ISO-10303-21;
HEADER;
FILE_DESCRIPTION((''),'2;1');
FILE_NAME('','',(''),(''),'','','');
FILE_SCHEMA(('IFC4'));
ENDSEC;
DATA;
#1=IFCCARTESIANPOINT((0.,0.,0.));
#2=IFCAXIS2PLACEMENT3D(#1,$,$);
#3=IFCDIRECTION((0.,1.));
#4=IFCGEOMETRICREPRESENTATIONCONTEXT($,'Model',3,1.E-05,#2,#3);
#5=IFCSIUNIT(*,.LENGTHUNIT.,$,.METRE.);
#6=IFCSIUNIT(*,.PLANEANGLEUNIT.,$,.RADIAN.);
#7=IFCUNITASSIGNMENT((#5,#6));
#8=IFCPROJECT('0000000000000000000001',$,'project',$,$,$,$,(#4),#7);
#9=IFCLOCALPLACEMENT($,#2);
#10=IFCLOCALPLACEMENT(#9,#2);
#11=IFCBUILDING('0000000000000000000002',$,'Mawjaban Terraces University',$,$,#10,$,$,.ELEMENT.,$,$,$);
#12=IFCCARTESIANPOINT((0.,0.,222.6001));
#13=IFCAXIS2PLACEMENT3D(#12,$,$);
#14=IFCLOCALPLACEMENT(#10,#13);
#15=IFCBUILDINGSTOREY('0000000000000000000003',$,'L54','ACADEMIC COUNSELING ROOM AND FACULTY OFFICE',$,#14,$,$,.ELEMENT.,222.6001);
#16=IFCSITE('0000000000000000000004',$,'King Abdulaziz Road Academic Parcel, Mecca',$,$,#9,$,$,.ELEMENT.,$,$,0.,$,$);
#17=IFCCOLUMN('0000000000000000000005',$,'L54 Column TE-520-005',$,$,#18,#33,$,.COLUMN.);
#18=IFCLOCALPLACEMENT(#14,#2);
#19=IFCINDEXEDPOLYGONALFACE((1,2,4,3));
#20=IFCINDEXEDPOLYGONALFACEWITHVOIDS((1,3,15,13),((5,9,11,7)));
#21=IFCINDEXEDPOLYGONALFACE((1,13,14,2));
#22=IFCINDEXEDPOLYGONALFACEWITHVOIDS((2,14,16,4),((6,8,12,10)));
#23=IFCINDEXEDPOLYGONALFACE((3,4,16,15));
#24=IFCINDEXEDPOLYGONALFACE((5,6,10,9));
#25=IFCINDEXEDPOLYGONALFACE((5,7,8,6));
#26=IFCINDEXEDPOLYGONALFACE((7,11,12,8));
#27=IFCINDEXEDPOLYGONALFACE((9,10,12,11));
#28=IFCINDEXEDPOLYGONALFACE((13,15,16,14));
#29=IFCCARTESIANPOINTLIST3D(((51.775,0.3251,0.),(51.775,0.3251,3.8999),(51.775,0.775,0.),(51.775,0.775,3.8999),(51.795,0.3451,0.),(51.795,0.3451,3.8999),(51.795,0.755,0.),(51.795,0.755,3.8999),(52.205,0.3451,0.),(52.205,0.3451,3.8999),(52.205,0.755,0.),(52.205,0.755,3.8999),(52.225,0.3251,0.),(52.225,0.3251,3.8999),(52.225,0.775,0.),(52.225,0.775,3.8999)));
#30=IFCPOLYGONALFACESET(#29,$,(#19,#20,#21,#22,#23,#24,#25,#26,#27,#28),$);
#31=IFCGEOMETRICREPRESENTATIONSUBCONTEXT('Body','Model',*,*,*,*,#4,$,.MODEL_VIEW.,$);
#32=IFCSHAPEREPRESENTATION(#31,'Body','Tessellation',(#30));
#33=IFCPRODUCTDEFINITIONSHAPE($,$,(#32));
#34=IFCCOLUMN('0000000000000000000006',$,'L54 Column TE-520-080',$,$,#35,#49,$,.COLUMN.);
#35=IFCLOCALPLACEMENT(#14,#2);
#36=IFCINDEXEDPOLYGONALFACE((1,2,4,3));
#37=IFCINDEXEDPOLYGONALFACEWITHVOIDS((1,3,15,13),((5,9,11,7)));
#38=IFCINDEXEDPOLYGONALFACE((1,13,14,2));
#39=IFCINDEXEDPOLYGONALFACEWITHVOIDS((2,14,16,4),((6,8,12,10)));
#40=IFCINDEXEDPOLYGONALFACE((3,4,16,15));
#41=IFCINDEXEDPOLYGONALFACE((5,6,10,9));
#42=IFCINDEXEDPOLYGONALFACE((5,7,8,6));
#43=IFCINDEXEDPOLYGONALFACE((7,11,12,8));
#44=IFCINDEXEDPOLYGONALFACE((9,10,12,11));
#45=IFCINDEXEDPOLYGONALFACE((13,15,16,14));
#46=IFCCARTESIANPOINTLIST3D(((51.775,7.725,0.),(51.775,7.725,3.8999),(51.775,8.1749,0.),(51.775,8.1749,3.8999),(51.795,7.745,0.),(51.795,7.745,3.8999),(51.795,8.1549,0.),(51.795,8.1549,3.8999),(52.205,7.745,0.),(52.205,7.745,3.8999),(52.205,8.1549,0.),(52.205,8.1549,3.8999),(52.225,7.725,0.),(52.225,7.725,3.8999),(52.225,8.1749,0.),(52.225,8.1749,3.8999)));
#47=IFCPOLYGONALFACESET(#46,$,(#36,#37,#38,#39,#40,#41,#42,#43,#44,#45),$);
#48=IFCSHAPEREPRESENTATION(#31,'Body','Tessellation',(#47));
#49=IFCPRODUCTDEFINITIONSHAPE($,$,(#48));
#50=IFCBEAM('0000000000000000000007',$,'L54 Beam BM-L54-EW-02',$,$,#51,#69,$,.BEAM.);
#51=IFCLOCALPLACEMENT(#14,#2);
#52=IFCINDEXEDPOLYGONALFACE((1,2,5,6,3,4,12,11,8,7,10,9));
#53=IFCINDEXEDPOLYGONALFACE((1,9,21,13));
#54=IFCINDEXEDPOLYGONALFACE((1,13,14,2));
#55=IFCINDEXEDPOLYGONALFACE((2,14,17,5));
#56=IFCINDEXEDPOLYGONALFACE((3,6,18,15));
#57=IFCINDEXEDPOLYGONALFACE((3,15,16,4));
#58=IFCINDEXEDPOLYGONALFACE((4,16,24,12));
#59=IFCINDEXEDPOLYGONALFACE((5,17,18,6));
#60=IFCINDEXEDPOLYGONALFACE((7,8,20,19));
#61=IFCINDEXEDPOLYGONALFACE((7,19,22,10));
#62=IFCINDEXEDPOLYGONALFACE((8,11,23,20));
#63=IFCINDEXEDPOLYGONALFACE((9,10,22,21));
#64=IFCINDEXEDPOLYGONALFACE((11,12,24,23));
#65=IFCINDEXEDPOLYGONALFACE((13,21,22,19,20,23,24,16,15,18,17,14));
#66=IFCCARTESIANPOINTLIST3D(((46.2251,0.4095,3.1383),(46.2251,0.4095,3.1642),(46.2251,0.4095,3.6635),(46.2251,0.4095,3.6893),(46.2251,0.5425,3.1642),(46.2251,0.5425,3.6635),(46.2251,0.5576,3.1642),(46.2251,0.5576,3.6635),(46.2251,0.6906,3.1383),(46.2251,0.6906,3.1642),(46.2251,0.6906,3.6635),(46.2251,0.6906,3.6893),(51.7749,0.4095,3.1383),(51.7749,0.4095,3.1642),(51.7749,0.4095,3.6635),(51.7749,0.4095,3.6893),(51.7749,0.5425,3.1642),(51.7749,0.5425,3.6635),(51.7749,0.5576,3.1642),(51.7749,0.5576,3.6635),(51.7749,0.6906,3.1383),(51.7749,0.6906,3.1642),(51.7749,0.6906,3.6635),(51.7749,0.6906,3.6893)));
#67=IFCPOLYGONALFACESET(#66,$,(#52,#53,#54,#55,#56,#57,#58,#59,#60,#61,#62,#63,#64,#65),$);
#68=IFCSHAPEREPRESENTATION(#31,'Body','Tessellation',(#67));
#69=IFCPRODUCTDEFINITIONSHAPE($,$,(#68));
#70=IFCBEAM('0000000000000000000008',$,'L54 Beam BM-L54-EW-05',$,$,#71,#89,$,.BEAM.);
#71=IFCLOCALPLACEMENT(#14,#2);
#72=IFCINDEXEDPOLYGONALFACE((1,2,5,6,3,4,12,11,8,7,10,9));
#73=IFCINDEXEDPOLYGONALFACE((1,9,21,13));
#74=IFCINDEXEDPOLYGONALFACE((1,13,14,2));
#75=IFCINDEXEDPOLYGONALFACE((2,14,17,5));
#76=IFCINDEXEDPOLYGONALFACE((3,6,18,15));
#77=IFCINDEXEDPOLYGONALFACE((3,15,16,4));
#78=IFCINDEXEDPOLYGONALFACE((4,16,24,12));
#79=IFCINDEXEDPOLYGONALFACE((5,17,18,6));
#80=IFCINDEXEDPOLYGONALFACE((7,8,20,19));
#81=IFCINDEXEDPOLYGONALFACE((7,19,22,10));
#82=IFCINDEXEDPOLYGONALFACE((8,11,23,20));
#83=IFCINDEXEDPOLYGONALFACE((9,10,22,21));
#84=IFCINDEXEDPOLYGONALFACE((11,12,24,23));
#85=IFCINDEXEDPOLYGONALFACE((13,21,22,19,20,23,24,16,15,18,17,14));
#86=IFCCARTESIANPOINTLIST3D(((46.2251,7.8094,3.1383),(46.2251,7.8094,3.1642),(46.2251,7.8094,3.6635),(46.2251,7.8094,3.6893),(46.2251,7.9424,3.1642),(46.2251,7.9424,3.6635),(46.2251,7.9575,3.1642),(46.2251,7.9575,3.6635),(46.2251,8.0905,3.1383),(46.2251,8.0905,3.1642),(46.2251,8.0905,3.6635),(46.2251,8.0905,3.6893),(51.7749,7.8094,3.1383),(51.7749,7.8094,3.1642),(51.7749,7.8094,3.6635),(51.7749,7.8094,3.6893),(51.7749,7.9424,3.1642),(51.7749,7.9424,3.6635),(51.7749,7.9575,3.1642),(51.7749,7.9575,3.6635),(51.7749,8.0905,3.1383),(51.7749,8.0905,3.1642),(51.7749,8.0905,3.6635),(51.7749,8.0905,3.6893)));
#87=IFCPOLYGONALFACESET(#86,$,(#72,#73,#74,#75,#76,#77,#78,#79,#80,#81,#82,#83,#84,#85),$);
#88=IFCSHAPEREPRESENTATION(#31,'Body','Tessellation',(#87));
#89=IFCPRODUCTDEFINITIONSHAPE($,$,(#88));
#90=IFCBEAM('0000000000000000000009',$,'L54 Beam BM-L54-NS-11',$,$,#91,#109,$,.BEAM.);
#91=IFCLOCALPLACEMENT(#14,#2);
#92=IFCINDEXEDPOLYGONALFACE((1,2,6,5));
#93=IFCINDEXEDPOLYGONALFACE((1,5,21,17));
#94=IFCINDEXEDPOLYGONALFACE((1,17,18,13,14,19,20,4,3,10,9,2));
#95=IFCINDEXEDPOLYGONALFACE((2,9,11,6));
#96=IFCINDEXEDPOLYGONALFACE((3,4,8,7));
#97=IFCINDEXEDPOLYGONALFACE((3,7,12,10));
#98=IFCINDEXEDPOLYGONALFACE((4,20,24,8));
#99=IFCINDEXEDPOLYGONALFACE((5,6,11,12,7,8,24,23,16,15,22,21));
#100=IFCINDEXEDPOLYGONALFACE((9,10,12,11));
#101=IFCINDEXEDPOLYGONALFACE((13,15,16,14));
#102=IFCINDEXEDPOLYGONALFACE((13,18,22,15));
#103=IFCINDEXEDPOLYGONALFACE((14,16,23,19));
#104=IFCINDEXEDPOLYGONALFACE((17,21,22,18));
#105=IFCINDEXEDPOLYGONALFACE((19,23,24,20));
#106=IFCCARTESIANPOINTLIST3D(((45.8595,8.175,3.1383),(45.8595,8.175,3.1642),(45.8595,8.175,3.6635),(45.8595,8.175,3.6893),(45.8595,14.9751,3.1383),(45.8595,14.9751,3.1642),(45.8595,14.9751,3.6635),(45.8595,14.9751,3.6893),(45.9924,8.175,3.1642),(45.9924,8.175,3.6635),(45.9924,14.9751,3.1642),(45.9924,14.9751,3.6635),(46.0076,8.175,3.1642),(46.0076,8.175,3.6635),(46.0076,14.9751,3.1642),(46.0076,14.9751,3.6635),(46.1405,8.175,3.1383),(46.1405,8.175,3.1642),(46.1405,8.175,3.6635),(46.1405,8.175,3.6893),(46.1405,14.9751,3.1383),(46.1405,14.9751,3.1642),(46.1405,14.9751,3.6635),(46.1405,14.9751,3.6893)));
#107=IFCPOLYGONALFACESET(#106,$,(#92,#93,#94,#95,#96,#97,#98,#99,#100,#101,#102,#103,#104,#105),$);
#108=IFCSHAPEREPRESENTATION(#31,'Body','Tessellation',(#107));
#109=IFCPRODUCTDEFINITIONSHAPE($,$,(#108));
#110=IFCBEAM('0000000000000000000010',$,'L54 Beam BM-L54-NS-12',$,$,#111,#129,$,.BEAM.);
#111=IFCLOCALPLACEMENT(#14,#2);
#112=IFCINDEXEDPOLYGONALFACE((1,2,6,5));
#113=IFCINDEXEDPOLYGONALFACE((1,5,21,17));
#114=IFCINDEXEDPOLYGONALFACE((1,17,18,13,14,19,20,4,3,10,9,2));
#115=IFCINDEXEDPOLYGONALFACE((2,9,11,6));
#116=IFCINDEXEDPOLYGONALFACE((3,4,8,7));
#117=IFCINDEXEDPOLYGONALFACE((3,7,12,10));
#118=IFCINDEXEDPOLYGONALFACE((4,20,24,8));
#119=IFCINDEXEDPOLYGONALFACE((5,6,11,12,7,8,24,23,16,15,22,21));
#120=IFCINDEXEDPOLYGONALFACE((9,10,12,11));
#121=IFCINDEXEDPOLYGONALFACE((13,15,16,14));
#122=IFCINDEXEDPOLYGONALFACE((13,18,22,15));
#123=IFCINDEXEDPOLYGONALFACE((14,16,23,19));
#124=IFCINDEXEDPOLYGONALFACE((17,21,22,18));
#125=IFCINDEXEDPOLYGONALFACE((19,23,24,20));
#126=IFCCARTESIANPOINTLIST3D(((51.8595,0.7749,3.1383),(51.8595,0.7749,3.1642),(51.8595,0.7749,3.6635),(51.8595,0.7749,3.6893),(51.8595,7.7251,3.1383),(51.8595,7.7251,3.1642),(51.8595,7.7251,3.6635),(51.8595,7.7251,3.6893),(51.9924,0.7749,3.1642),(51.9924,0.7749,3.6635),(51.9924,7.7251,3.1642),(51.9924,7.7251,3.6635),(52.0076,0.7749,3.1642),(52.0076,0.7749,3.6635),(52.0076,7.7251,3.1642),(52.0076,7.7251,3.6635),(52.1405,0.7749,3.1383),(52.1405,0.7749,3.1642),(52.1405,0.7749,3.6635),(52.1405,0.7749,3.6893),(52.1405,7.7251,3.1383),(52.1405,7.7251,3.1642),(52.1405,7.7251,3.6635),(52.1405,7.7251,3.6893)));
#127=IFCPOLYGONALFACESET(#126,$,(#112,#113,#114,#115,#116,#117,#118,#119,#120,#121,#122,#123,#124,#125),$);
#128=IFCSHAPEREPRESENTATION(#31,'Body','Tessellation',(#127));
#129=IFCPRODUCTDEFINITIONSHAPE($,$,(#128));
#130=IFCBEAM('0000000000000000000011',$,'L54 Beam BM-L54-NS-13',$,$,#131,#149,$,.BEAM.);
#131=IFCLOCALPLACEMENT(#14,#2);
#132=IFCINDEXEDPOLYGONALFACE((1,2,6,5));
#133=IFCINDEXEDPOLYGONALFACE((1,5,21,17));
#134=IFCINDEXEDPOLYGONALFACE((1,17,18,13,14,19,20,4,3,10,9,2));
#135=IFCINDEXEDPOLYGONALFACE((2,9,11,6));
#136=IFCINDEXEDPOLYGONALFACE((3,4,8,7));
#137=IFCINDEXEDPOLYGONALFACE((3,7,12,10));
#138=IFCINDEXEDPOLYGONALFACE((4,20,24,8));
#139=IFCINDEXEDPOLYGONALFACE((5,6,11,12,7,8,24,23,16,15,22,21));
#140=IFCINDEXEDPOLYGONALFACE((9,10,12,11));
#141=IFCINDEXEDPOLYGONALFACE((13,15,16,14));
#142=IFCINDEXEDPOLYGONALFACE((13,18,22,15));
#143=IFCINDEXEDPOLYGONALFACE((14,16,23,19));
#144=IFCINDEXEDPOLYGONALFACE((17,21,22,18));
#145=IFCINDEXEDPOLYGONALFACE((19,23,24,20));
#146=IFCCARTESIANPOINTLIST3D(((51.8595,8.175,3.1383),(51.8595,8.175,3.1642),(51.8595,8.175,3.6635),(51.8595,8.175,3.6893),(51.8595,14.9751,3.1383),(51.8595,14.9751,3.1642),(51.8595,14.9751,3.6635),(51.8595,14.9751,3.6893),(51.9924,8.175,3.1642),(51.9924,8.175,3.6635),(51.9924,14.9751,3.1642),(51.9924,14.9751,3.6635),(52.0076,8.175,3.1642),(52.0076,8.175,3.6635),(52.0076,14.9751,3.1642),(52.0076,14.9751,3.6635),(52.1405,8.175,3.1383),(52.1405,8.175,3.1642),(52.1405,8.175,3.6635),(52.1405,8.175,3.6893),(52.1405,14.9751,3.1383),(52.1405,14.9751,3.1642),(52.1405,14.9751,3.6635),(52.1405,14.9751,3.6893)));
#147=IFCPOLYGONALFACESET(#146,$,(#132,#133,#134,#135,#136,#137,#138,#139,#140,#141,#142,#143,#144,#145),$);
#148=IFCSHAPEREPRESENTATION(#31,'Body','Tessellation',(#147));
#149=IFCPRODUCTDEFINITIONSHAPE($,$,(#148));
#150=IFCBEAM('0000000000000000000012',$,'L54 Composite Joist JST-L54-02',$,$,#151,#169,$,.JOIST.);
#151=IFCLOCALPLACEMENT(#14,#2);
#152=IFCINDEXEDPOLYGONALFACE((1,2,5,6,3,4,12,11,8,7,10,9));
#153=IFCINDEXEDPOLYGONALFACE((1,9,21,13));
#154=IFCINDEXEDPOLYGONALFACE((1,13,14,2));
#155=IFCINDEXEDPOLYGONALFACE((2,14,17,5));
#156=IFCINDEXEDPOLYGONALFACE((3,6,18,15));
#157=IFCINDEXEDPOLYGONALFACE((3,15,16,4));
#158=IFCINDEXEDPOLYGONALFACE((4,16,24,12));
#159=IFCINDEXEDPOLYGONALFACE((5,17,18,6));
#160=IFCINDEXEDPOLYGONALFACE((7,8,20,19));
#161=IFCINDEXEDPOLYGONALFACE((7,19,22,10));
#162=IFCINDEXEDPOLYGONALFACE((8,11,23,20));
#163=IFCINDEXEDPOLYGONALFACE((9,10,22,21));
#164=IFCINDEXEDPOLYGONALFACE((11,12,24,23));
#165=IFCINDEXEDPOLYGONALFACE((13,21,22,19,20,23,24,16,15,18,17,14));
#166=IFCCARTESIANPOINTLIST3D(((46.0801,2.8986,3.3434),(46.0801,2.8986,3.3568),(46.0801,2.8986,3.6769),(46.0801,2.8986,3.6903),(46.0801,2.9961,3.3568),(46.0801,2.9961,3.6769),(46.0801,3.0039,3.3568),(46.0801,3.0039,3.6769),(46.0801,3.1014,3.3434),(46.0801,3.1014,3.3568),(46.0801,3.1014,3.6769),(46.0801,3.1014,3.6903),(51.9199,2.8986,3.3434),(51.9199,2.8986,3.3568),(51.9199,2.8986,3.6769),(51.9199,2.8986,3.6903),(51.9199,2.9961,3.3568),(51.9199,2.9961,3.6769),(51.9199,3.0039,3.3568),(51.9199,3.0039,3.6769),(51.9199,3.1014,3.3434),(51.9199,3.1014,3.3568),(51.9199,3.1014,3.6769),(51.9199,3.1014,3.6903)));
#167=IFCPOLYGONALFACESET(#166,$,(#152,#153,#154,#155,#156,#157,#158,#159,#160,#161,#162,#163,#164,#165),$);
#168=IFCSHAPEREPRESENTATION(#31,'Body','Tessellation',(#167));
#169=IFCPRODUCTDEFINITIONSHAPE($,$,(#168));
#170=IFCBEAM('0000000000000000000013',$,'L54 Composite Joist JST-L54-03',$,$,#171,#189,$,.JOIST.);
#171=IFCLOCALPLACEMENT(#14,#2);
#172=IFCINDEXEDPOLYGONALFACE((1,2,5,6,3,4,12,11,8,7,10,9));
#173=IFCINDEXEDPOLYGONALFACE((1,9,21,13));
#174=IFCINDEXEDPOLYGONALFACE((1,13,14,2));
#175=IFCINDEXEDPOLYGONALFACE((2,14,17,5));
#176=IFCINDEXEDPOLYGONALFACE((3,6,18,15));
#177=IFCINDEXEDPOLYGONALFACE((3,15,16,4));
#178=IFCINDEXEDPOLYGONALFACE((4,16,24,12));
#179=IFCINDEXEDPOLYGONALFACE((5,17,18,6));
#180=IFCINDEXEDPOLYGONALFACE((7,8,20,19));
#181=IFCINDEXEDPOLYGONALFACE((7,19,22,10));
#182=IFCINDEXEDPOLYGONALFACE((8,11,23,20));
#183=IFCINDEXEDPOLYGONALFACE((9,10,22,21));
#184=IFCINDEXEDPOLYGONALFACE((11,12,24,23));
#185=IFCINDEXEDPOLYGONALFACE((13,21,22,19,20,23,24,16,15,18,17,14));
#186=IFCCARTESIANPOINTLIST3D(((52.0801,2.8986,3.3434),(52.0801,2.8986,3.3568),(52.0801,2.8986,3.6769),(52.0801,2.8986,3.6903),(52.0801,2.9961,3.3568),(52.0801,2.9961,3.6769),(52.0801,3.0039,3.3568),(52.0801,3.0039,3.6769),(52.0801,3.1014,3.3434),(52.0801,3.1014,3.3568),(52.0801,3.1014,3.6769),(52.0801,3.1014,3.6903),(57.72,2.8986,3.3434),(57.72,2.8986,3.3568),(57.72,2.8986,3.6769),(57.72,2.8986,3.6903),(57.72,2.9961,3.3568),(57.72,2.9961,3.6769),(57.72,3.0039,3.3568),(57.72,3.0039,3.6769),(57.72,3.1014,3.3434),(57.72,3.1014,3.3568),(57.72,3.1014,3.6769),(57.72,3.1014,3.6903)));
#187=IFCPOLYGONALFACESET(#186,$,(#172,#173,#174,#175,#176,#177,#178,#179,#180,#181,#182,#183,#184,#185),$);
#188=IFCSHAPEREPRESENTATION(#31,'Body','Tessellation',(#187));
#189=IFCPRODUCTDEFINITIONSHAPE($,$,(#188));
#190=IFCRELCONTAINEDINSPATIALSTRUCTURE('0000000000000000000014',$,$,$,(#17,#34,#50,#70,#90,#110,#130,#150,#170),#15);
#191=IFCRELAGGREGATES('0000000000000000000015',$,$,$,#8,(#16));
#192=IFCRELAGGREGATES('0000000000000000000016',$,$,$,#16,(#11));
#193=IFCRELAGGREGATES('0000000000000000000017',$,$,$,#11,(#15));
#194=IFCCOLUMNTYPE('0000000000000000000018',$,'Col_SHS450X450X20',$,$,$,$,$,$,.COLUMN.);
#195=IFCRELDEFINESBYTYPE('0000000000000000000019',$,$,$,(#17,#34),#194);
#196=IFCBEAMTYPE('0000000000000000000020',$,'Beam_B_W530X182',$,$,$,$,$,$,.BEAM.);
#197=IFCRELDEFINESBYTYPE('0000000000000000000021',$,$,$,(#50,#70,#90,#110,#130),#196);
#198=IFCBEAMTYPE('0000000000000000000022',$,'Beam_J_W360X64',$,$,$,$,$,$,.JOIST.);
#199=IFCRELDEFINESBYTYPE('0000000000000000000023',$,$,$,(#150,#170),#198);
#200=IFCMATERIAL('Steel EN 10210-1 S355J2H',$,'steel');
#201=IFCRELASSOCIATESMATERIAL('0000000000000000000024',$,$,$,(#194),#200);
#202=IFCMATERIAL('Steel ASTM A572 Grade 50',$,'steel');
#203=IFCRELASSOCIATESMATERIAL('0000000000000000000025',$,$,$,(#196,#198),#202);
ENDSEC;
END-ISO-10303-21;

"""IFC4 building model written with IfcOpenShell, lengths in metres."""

from ifc_helpers import new_model, si_unit, direction, frame, origin, origin_2d, place, context, subcontext, project, spatial, hollow_rectangle, i_section, extrude, material, material_profile, profile_set, type_object, element, save


model = new_model("IFC4")

# Units and contexts
model_context = context("Model", 3, precision=1e-05, world=origin(), true_north=direction((0.0, 1.0)))
body_context = subcontext(model_context, "Body", "Model", "MODEL_VIEW")
ifc_project = project(units=[si_unit("LENGTHUNIT", "METRE"), si_unit("PLANEANGLEUNIT", "RADIAN")], contexts=[model_context])

# Site, building, storey
site_placement = place(None, origin())
site = spatial("IfcSite", under=ifc_project, at=site_placement, Name="King Abdulaziz Road Academic Parcel, Mecca", CompositionType="ELEMENT", RefElevation=0.0)
building_placement = place(site_placement, origin())
building = spatial("IfcBuilding", under=site, at=building_placement, Name="Mawjaban Terraces University", CompositionType="ELEMENT")
storey_placement = place(building_placement, frame((0.0, 0.0, 222.6001)))
storey = spatial("IfcBuildingStorey", under=building, at=storey_placement, Name="L54", Description="ACADEMIC COUNSELING ROOM AND FACULTY OFFICE", CompositionType="ELEMENT", Elevation=222.6001)

# Columns
ifc_material_1 = material(Name="Steel EN 10210-1 S355J2H", Category="steel")
ifc_material_profile_1 = material_profile(ifc_material_1, hollow_rectangle(XDim=0.45, YDim=0.45, WallThickness=0.02, at=origin_2d()), Name="SHS450X450X20")
ifc_profile_set_1 = profile_set([ifc_material_profile_1], Name="Steel EN 10210-1 S355J2H")
column_type = type_object("IfcColumnType", Name="Col_SHS450X450X20", PredefinedType="COLUMN", material=ifc_profile_set_1)
for number, where, z_axis, x_axis, name in (
    (1, (52.0, 0.55, 0.0), (0.0, 0.0, 1.0), (1.0, 0.0, 0.0), "L54 Column TE-520-005"),
    (2, (52.0, 7.95, 0.0), (0.0, 0.0, 1.0), (1.0, 0.0, 0.0), "L54 Column TE-520-080"),
):
    element("IfcColumn", number, at=place(storey_placement, frame(where, z_axis=z_axis, x_axis=x_axis)), inside=storey, type_object=column_type, Name=name, PredefinedType="COLUMN", context=body_context, shape_type="SweptSolid", body=[
        extrude(hollow_rectangle(XDim=0.45, YDim=0.45, WallThickness=0.02, at=origin_2d()), origin(), (0.0, 0.0, 1.0), 3.8999),
    ])

# Beams
ifc_material_2 = material(Name="Steel ASTM A572 Grade 50", Category="steel")
ifc_material_profile_2 = material_profile(ifc_material_2, i_section(OverallWidth=0.281, OverallDepth=0.551, WebThickness=0.0151, FlangeThickness=0.0259, at=origin_2d()), Name="W530X182")
ifc_profile_set_2 = profile_set([ifc_material_profile_2], Name="Steel ASTM A572 Grade 50")
beam_type_1 = type_object("IfcBeamType", Name="Beam_B_W530X182", PredefinedType="BEAM", material=ifc_profile_set_2)
for number, where, z_axis, x_axis, name in (
    (3, (46.2251, 0.55, 3.4138), (1.0, 0.0, 0.0), (0.0, 1.0, 0.0), "L54 Beam BM-L54-EW-02"),
    (4, (46.2251, 7.95, 3.4138), (1.0, 0.0, 0.0), (0.0, 1.0, 0.0), "L54 Beam BM-L54-EW-05"),
):
    element("IfcBeam", number, at=place(storey_placement, frame(where, z_axis=z_axis, x_axis=x_axis)), inside=storey, type_object=beam_type_1, Name=name, PredefinedType="BEAM", context=body_context, shape_type="SweptSolid", body=[
        extrude(i_section(OverallWidth=0.281, OverallDepth=0.551, WebThickness=0.0151, FlangeThickness=0.0259, at=origin_2d()), origin(), (0.0, 0.0, 1.0), 5.5498),
    ])
beam_1_placement = place(storey_placement, frame((46.0, 8.175, 3.4138), z_axis=(0.0, 1.0, 0.0), x_axis=(-1.0, 0.0, 0.0)))
element("IfcBeam", 5, at=beam_1_placement, inside=storey, type_object=beam_type_1, Name="L54 Beam BM-L54-NS-11", PredefinedType="BEAM", context=body_context, shape_type="SweptSolid", body=[
    extrude(i_section(OverallWidth=0.281, OverallDepth=0.551, WebThickness=0.0151, FlangeThickness=0.0259, at=origin_2d()), origin(), (0.0, 0.0, 1.0), 6.8),
])
beam_2_placement = place(storey_placement, frame((52.0, 0.7749, 3.4138), z_axis=(0.0, 1.0, 0.0), x_axis=(-1.0, 0.0, 0.0)))
element("IfcBeam", 6, at=beam_2_placement, inside=storey, type_object=beam_type_1, Name="L54 Beam BM-L54-NS-12", PredefinedType="BEAM", context=body_context, shape_type="SweptSolid", body=[
    extrude(i_section(OverallWidth=0.281, OverallDepth=0.551, WebThickness=0.0151, FlangeThickness=0.0259, at=origin_2d()), origin(), (0.0, 0.0, 1.0), 6.9502),
])
beam_3_placement = place(storey_placement, frame((52.0, 8.175, 3.4138), z_axis=(0.0, 1.0, 0.0), x_axis=(-1.0, 0.0, 0.0)))
element("IfcBeam", 7, at=beam_3_placement, inside=storey, type_object=beam_type_1, Name="L54 Beam BM-L54-NS-13", PredefinedType="BEAM", context=body_context, shape_type="SweptSolid", body=[
    extrude(i_section(OverallWidth=0.281, OverallDepth=0.551, WebThickness=0.0151, FlangeThickness=0.0259, at=origin_2d()), origin(), (0.0, 0.0, 1.0), 6.8),
])
ifc_material_profile_3 = material_profile(ifc_material_2, i_section(OverallWidth=0.2029, OverallDepth=0.3469, WebThickness=0.0078, FlangeThickness=0.0134, at=origin_2d()), Name="W360X64")
ifc_profile_set_3 = profile_set([ifc_material_profile_3], Name="Steel ASTM A572 Grade 50")
beam_type_2 = type_object("IfcBeamType", Name="Beam_J_W360X64", PredefinedType="JOIST", material=ifc_profile_set_3)
beam_4_placement = place(storey_placement, frame((46.0801, 3.0, 3.5168), z_axis=(1.0, 0.0, 0.0), x_axis=(0.0, 1.0, 0.0)))
element("IfcBeam", 8, at=beam_4_placement, inside=storey, type_object=beam_type_2, Name="L54 Composite Joist JST-L54-02", PredefinedType="JOIST", context=body_context, shape_type="SweptSolid", body=[
    extrude(i_section(OverallWidth=0.2029, OverallDepth=0.3469, WebThickness=0.0078, FlangeThickness=0.0134, at=origin_2d()), origin(), (0.0, 0.0, 1.0), 5.8398),
])
beam_5_placement = place(storey_placement, frame((52.0801, 3.0, 3.5168), z_axis=(1.0, 0.0, 0.0), x_axis=(0.0, 1.0, 0.0)))
element("IfcBeam", 9, at=beam_5_placement, inside=storey, type_object=beam_type_2, Name="L54 Composite Joist JST-L54-03", PredefinedType="JOIST", context=body_context, shape_type="SweptSolid", body=[
    extrude(i_section(OverallWidth=0.2029, OverallDepth=0.3469, WebThickness=0.0078, FlangeThickness=0.0134, at=origin_2d()), origin(), (0.0, 0.0, 1.0), 5.6399),
])

save(model, "model.ifc")
